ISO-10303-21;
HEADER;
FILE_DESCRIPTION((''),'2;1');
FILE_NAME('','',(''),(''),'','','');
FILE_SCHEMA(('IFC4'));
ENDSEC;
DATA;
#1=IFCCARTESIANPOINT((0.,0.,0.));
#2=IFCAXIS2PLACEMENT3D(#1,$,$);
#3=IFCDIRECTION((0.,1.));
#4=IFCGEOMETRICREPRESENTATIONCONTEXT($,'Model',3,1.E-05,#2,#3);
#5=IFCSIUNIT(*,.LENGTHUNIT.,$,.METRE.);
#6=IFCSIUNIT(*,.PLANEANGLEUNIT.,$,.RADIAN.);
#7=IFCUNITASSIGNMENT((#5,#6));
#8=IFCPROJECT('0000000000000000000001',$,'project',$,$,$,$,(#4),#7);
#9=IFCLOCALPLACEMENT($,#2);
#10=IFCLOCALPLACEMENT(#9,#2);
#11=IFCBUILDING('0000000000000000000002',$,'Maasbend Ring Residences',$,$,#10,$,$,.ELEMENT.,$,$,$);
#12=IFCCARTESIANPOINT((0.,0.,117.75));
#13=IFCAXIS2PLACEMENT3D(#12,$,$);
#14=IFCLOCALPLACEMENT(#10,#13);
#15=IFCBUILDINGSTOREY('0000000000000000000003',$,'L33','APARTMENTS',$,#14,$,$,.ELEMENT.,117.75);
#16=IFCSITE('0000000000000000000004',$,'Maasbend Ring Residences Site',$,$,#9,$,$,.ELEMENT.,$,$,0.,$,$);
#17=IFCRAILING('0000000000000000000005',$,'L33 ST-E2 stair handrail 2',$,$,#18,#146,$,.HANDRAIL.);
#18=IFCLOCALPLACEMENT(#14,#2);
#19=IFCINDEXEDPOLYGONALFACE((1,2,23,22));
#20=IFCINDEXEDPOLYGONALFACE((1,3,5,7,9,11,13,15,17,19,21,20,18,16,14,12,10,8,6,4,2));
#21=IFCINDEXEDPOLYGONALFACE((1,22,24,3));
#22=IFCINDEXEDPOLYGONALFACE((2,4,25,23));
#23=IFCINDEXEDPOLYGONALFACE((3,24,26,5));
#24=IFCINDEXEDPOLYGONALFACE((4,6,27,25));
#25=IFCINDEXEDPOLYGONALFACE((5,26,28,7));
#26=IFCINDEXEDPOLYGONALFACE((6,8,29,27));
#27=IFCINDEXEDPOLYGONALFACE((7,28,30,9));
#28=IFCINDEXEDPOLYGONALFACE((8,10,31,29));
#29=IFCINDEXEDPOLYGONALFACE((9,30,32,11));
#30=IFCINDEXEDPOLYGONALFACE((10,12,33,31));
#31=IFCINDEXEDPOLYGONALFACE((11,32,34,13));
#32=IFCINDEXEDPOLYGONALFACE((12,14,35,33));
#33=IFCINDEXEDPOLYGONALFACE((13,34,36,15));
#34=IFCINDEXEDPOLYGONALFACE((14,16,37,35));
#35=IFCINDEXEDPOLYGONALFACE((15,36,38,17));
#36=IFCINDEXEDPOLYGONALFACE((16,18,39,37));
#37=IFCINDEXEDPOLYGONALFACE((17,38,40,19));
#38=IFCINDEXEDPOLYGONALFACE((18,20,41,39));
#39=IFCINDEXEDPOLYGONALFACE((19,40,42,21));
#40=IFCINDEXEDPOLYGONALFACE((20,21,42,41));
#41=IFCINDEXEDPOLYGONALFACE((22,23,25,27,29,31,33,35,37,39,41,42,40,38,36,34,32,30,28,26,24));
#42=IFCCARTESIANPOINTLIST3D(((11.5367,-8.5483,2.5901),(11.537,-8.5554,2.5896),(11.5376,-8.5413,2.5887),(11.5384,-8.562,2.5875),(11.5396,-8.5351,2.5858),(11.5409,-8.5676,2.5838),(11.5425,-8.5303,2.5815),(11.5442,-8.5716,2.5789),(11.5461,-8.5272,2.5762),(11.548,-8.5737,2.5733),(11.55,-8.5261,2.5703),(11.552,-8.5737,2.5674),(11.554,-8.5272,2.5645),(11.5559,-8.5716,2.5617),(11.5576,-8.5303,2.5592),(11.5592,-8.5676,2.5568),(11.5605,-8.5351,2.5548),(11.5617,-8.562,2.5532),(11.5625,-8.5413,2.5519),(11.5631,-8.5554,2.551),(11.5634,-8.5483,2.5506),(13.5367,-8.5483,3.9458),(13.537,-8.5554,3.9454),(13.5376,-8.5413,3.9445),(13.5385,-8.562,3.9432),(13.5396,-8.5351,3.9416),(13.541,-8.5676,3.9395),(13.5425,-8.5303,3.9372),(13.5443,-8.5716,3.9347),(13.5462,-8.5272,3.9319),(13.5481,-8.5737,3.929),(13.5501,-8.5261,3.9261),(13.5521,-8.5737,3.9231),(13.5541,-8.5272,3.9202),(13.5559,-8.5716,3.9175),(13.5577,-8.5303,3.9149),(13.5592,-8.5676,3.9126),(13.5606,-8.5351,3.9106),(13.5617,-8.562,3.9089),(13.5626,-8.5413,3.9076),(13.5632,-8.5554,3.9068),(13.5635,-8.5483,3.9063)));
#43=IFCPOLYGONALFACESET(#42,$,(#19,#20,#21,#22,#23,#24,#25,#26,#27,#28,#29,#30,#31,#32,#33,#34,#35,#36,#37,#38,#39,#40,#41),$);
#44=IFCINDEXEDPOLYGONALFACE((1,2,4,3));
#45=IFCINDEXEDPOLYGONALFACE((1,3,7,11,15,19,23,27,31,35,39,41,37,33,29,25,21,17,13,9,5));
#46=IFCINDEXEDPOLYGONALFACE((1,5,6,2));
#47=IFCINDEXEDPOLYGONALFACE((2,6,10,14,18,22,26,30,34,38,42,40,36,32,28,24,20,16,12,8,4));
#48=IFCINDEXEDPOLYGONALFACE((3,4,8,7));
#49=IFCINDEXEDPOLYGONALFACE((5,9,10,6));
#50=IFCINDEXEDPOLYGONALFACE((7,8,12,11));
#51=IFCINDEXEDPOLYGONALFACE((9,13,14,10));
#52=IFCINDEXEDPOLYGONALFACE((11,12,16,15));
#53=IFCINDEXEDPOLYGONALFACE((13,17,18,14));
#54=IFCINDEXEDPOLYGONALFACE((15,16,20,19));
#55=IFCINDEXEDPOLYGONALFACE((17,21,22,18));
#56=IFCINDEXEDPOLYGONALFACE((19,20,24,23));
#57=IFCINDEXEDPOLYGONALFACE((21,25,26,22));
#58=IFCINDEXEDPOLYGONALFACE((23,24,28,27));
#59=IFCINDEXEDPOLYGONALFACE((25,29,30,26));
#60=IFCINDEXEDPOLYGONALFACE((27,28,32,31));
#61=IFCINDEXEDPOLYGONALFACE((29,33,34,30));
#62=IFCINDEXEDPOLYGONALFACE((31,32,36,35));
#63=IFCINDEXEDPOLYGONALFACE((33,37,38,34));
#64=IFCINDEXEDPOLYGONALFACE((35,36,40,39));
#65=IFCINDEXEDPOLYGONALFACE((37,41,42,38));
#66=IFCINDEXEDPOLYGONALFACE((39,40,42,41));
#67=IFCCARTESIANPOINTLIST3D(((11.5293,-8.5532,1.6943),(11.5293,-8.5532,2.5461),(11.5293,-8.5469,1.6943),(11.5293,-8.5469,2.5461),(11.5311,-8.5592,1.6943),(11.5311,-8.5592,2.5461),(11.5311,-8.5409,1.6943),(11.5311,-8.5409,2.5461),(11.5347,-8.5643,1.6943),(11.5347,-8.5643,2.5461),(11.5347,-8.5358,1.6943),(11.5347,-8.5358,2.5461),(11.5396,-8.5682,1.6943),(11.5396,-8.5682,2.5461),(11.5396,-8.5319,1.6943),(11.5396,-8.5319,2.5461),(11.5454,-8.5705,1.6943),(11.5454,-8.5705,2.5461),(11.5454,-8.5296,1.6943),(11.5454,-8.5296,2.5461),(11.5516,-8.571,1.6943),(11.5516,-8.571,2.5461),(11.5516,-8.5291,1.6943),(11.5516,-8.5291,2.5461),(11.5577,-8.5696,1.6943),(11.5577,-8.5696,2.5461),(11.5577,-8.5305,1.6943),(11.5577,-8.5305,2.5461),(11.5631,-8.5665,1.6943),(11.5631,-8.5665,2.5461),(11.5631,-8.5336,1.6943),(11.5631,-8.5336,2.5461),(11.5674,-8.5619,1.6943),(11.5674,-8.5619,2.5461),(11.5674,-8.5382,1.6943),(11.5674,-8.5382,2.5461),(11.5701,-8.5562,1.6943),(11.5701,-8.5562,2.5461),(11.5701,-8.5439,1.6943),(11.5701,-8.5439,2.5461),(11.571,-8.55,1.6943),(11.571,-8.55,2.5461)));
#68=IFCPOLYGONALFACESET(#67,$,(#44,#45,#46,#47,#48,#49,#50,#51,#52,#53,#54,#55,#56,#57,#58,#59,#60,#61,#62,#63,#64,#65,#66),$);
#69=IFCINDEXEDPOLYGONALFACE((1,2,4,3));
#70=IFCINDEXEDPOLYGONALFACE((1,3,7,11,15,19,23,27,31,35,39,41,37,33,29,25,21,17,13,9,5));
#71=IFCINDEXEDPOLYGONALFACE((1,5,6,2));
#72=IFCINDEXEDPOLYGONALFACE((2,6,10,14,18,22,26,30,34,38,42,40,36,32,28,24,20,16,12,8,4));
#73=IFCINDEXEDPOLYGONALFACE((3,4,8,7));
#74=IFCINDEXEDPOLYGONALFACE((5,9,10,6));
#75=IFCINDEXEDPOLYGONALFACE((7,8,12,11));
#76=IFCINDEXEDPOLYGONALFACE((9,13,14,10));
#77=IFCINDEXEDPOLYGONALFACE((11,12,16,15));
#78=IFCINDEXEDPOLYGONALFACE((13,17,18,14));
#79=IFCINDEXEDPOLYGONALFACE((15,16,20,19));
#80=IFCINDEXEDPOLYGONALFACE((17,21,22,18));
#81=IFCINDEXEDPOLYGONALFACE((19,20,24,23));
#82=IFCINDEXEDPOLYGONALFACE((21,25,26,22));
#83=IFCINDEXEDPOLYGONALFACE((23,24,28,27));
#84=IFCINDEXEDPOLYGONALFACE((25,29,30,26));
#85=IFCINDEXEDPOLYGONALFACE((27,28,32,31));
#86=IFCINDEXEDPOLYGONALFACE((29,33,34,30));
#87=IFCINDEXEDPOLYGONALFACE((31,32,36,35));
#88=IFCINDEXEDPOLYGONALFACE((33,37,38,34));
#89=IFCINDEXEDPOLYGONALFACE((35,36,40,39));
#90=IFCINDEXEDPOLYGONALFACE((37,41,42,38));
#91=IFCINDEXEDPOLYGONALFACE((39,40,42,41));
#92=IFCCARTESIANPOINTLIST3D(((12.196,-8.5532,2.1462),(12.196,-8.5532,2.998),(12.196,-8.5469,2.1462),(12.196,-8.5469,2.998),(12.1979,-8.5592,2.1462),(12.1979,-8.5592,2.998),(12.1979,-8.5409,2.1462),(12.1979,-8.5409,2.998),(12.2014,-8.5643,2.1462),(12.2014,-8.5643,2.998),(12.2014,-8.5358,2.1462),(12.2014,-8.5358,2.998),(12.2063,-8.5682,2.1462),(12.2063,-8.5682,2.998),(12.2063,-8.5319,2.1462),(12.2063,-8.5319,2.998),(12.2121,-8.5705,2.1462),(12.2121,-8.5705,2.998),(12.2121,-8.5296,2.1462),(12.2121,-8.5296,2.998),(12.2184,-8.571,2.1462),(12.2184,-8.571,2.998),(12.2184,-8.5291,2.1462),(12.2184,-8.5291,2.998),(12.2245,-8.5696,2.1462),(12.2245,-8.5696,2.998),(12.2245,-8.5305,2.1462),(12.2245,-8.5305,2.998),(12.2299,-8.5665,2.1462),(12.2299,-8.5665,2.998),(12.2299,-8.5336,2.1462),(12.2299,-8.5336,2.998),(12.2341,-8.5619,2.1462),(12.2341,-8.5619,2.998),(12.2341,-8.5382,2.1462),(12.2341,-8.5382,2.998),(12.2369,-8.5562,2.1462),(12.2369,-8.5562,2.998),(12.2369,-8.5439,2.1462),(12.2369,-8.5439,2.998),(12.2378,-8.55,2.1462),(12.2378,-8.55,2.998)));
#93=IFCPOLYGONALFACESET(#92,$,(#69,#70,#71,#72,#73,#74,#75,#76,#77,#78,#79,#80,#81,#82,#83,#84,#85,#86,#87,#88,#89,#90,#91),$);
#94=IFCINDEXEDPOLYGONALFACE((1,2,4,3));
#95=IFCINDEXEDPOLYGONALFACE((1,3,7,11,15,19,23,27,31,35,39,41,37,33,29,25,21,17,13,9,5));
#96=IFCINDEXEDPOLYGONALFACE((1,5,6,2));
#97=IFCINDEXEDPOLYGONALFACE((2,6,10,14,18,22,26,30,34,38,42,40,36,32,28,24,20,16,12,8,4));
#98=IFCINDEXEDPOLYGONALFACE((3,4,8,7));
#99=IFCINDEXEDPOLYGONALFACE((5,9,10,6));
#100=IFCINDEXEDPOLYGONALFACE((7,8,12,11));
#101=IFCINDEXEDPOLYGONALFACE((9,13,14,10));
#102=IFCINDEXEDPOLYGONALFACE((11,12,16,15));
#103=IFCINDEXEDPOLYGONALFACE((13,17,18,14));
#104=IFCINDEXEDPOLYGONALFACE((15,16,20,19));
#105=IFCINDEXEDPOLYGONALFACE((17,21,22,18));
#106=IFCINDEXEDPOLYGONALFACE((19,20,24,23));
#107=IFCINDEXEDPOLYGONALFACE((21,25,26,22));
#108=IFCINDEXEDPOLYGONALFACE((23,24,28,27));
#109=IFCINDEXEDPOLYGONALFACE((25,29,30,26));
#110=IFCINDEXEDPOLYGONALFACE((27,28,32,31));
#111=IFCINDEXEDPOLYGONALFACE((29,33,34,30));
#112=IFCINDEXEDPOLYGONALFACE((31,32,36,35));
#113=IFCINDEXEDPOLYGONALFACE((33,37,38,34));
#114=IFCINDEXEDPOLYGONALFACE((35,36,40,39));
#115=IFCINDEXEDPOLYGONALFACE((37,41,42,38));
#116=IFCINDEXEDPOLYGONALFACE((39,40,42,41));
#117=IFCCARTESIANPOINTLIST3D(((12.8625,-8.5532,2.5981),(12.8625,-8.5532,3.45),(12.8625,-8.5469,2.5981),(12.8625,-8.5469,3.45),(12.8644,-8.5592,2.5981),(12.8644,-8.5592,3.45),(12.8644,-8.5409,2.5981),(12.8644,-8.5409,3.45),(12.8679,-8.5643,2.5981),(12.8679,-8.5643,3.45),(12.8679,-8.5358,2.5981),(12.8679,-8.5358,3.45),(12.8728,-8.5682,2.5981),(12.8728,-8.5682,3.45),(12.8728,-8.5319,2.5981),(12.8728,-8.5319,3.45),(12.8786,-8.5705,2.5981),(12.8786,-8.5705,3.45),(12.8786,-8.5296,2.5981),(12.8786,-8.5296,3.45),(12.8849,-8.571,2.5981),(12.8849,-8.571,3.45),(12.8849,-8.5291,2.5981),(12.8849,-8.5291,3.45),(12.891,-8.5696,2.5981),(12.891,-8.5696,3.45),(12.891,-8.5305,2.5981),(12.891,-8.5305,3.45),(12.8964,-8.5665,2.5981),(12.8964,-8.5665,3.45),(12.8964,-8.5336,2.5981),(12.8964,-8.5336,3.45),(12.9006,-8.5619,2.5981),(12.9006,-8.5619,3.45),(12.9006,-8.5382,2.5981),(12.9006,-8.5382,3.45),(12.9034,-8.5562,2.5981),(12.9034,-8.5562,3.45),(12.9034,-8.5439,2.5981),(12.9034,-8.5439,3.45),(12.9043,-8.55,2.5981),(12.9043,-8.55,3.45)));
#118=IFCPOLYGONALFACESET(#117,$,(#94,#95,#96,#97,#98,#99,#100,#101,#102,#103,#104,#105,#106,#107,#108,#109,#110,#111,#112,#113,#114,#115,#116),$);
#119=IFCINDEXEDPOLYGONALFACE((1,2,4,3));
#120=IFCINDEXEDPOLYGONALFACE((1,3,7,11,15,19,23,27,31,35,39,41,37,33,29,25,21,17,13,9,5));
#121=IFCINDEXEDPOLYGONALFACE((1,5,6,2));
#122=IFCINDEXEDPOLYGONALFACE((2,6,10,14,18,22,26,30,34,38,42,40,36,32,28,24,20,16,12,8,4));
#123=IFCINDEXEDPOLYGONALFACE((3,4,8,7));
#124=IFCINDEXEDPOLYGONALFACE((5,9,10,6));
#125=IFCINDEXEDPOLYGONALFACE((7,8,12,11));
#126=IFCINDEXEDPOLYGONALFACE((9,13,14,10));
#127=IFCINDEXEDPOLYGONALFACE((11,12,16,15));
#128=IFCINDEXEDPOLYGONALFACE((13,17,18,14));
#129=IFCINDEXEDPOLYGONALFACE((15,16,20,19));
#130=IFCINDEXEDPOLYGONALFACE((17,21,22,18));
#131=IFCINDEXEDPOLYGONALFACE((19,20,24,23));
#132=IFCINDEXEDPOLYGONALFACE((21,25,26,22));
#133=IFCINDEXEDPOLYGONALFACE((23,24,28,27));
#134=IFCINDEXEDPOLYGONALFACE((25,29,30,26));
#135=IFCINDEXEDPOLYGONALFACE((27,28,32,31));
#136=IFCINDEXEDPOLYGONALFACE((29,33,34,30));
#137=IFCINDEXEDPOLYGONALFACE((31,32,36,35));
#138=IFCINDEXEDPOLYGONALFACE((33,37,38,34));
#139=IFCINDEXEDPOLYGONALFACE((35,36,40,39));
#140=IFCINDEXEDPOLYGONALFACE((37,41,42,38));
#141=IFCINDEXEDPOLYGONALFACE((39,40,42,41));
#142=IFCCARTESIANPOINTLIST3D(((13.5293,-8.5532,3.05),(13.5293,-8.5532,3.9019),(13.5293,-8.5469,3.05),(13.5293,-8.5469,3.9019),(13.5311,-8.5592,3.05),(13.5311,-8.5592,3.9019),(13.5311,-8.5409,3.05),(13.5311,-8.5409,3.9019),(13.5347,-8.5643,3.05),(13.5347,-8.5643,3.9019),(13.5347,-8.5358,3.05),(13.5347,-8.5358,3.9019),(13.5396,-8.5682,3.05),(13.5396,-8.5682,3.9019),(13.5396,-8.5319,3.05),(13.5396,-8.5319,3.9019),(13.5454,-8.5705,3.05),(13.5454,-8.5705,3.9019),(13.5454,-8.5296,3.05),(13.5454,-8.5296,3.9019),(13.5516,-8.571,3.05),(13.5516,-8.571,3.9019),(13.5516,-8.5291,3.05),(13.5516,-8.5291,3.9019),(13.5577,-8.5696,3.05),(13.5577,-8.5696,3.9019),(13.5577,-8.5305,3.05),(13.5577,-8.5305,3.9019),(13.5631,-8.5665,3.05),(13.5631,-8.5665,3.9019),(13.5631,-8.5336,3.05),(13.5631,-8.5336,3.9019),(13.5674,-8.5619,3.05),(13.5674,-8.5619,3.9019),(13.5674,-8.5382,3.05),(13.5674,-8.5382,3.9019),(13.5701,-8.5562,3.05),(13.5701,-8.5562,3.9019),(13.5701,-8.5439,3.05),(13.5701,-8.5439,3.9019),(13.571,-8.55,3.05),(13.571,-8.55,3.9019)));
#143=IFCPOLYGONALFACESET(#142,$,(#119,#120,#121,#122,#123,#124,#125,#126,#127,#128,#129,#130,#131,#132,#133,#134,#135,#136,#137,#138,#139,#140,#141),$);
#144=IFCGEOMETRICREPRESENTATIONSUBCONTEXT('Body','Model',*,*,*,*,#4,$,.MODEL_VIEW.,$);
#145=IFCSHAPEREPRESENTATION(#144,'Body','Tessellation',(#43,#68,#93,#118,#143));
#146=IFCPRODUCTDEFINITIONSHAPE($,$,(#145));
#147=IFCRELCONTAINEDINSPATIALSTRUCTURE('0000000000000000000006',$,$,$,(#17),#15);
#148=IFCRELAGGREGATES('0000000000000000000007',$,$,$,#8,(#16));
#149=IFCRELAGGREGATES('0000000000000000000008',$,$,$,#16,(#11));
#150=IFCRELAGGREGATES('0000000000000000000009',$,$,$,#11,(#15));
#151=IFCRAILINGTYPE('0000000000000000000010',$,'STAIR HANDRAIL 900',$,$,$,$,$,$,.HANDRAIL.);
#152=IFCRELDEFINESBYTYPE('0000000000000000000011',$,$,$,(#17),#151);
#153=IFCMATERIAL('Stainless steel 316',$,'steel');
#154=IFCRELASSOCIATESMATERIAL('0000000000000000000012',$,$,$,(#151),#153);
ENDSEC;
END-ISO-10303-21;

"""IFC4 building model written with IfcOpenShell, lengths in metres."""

from ifc_helpers import new_model, si_unit, direction, frame, origin, origin_2d, place, context, subcontext, project, spatial, circle, extrude, material, type_object, element, save


model = new_model("IFC4")

# Units and contexts
model_context = context("Model", 3, precision=1e-05, world=origin(), true_north=direction((0.0, 1.0)))
body_context = subcontext(model_context, "Body", "Model", "MODEL_VIEW")
ifc_project = project(units=[si_unit("LENGTHUNIT", "METRE"), si_unit("PLANEANGLEUNIT", "RADIAN")], contexts=[model_context])

# Site, building, storey
site_placement = place(None, origin())
site = spatial("IfcSite", under=ifc_project, at=site_placement, Name="Maasbend Ring Residences Site", CompositionType="ELEMENT", RefElevation=0.0)
building_placement = place(site_placement, origin())
building = spatial("IfcBuilding", under=site, at=building_placement, Name="Maasbend Ring Residences", CompositionType="ELEMENT")
storey_placement = place(building_placement, frame((0.0, 0.0, 117.75)))
storey = spatial("IfcBuildingStorey", under=building, at=storey_placement, Name="L33", Description="APARTMENTS", CompositionType="ELEMENT", Elevation=117.75)

# Railing
ifc_material_1 = material(Name="Stainless steel 316", Category="steel")
railing_type = type_object("IfcRailingType", Name="STAIR HANDRAIL 900", PredefinedType="HANDRAIL", material=ifc_material_1)
railing_placement = place(storey_placement, frame((11.55, -8.55, 1.6943)))
element("IfcRailing", 1, at=railing_placement, inside=storey, type_object=railing_type, Name="L33 ST-E2 stair handrail 2", PredefinedType="HANDRAIL", context=body_context, shape_type="SweptSolid", body=[
    extrude(circle(Radius=0.0239, at=origin_2d()), frame((0.0, 0.0, 0.876), z_axis=(0.827751, 0.0, 0.561096), x_axis=(0.0, 1.0, 0.0)), (0.0, 0.0, 1.0), 2.4163),
    extrude(circle(Radius=0.021, at=origin_2d()), origin(), (0.0, 0.0, 1.0), 0.8518),
    extrude(circle(Radius=0.021, at=origin_2d()), frame((0.6667, 0.0, 0.4519)), (0.0, 0.0, 1.0), 0.8518),
    extrude(circle(Radius=0.021, at=origin_2d()), frame((1.3333, 0.0, 0.9038)), (0.0, 0.0, 1.0), 0.8518),
    extrude(circle(Radius=0.021, at=origin_2d()), frame((2.0, 0.0, 1.3557)), (0.0, 0.0, 1.0), 0.8518),
])

save(model, "model.ifc")
